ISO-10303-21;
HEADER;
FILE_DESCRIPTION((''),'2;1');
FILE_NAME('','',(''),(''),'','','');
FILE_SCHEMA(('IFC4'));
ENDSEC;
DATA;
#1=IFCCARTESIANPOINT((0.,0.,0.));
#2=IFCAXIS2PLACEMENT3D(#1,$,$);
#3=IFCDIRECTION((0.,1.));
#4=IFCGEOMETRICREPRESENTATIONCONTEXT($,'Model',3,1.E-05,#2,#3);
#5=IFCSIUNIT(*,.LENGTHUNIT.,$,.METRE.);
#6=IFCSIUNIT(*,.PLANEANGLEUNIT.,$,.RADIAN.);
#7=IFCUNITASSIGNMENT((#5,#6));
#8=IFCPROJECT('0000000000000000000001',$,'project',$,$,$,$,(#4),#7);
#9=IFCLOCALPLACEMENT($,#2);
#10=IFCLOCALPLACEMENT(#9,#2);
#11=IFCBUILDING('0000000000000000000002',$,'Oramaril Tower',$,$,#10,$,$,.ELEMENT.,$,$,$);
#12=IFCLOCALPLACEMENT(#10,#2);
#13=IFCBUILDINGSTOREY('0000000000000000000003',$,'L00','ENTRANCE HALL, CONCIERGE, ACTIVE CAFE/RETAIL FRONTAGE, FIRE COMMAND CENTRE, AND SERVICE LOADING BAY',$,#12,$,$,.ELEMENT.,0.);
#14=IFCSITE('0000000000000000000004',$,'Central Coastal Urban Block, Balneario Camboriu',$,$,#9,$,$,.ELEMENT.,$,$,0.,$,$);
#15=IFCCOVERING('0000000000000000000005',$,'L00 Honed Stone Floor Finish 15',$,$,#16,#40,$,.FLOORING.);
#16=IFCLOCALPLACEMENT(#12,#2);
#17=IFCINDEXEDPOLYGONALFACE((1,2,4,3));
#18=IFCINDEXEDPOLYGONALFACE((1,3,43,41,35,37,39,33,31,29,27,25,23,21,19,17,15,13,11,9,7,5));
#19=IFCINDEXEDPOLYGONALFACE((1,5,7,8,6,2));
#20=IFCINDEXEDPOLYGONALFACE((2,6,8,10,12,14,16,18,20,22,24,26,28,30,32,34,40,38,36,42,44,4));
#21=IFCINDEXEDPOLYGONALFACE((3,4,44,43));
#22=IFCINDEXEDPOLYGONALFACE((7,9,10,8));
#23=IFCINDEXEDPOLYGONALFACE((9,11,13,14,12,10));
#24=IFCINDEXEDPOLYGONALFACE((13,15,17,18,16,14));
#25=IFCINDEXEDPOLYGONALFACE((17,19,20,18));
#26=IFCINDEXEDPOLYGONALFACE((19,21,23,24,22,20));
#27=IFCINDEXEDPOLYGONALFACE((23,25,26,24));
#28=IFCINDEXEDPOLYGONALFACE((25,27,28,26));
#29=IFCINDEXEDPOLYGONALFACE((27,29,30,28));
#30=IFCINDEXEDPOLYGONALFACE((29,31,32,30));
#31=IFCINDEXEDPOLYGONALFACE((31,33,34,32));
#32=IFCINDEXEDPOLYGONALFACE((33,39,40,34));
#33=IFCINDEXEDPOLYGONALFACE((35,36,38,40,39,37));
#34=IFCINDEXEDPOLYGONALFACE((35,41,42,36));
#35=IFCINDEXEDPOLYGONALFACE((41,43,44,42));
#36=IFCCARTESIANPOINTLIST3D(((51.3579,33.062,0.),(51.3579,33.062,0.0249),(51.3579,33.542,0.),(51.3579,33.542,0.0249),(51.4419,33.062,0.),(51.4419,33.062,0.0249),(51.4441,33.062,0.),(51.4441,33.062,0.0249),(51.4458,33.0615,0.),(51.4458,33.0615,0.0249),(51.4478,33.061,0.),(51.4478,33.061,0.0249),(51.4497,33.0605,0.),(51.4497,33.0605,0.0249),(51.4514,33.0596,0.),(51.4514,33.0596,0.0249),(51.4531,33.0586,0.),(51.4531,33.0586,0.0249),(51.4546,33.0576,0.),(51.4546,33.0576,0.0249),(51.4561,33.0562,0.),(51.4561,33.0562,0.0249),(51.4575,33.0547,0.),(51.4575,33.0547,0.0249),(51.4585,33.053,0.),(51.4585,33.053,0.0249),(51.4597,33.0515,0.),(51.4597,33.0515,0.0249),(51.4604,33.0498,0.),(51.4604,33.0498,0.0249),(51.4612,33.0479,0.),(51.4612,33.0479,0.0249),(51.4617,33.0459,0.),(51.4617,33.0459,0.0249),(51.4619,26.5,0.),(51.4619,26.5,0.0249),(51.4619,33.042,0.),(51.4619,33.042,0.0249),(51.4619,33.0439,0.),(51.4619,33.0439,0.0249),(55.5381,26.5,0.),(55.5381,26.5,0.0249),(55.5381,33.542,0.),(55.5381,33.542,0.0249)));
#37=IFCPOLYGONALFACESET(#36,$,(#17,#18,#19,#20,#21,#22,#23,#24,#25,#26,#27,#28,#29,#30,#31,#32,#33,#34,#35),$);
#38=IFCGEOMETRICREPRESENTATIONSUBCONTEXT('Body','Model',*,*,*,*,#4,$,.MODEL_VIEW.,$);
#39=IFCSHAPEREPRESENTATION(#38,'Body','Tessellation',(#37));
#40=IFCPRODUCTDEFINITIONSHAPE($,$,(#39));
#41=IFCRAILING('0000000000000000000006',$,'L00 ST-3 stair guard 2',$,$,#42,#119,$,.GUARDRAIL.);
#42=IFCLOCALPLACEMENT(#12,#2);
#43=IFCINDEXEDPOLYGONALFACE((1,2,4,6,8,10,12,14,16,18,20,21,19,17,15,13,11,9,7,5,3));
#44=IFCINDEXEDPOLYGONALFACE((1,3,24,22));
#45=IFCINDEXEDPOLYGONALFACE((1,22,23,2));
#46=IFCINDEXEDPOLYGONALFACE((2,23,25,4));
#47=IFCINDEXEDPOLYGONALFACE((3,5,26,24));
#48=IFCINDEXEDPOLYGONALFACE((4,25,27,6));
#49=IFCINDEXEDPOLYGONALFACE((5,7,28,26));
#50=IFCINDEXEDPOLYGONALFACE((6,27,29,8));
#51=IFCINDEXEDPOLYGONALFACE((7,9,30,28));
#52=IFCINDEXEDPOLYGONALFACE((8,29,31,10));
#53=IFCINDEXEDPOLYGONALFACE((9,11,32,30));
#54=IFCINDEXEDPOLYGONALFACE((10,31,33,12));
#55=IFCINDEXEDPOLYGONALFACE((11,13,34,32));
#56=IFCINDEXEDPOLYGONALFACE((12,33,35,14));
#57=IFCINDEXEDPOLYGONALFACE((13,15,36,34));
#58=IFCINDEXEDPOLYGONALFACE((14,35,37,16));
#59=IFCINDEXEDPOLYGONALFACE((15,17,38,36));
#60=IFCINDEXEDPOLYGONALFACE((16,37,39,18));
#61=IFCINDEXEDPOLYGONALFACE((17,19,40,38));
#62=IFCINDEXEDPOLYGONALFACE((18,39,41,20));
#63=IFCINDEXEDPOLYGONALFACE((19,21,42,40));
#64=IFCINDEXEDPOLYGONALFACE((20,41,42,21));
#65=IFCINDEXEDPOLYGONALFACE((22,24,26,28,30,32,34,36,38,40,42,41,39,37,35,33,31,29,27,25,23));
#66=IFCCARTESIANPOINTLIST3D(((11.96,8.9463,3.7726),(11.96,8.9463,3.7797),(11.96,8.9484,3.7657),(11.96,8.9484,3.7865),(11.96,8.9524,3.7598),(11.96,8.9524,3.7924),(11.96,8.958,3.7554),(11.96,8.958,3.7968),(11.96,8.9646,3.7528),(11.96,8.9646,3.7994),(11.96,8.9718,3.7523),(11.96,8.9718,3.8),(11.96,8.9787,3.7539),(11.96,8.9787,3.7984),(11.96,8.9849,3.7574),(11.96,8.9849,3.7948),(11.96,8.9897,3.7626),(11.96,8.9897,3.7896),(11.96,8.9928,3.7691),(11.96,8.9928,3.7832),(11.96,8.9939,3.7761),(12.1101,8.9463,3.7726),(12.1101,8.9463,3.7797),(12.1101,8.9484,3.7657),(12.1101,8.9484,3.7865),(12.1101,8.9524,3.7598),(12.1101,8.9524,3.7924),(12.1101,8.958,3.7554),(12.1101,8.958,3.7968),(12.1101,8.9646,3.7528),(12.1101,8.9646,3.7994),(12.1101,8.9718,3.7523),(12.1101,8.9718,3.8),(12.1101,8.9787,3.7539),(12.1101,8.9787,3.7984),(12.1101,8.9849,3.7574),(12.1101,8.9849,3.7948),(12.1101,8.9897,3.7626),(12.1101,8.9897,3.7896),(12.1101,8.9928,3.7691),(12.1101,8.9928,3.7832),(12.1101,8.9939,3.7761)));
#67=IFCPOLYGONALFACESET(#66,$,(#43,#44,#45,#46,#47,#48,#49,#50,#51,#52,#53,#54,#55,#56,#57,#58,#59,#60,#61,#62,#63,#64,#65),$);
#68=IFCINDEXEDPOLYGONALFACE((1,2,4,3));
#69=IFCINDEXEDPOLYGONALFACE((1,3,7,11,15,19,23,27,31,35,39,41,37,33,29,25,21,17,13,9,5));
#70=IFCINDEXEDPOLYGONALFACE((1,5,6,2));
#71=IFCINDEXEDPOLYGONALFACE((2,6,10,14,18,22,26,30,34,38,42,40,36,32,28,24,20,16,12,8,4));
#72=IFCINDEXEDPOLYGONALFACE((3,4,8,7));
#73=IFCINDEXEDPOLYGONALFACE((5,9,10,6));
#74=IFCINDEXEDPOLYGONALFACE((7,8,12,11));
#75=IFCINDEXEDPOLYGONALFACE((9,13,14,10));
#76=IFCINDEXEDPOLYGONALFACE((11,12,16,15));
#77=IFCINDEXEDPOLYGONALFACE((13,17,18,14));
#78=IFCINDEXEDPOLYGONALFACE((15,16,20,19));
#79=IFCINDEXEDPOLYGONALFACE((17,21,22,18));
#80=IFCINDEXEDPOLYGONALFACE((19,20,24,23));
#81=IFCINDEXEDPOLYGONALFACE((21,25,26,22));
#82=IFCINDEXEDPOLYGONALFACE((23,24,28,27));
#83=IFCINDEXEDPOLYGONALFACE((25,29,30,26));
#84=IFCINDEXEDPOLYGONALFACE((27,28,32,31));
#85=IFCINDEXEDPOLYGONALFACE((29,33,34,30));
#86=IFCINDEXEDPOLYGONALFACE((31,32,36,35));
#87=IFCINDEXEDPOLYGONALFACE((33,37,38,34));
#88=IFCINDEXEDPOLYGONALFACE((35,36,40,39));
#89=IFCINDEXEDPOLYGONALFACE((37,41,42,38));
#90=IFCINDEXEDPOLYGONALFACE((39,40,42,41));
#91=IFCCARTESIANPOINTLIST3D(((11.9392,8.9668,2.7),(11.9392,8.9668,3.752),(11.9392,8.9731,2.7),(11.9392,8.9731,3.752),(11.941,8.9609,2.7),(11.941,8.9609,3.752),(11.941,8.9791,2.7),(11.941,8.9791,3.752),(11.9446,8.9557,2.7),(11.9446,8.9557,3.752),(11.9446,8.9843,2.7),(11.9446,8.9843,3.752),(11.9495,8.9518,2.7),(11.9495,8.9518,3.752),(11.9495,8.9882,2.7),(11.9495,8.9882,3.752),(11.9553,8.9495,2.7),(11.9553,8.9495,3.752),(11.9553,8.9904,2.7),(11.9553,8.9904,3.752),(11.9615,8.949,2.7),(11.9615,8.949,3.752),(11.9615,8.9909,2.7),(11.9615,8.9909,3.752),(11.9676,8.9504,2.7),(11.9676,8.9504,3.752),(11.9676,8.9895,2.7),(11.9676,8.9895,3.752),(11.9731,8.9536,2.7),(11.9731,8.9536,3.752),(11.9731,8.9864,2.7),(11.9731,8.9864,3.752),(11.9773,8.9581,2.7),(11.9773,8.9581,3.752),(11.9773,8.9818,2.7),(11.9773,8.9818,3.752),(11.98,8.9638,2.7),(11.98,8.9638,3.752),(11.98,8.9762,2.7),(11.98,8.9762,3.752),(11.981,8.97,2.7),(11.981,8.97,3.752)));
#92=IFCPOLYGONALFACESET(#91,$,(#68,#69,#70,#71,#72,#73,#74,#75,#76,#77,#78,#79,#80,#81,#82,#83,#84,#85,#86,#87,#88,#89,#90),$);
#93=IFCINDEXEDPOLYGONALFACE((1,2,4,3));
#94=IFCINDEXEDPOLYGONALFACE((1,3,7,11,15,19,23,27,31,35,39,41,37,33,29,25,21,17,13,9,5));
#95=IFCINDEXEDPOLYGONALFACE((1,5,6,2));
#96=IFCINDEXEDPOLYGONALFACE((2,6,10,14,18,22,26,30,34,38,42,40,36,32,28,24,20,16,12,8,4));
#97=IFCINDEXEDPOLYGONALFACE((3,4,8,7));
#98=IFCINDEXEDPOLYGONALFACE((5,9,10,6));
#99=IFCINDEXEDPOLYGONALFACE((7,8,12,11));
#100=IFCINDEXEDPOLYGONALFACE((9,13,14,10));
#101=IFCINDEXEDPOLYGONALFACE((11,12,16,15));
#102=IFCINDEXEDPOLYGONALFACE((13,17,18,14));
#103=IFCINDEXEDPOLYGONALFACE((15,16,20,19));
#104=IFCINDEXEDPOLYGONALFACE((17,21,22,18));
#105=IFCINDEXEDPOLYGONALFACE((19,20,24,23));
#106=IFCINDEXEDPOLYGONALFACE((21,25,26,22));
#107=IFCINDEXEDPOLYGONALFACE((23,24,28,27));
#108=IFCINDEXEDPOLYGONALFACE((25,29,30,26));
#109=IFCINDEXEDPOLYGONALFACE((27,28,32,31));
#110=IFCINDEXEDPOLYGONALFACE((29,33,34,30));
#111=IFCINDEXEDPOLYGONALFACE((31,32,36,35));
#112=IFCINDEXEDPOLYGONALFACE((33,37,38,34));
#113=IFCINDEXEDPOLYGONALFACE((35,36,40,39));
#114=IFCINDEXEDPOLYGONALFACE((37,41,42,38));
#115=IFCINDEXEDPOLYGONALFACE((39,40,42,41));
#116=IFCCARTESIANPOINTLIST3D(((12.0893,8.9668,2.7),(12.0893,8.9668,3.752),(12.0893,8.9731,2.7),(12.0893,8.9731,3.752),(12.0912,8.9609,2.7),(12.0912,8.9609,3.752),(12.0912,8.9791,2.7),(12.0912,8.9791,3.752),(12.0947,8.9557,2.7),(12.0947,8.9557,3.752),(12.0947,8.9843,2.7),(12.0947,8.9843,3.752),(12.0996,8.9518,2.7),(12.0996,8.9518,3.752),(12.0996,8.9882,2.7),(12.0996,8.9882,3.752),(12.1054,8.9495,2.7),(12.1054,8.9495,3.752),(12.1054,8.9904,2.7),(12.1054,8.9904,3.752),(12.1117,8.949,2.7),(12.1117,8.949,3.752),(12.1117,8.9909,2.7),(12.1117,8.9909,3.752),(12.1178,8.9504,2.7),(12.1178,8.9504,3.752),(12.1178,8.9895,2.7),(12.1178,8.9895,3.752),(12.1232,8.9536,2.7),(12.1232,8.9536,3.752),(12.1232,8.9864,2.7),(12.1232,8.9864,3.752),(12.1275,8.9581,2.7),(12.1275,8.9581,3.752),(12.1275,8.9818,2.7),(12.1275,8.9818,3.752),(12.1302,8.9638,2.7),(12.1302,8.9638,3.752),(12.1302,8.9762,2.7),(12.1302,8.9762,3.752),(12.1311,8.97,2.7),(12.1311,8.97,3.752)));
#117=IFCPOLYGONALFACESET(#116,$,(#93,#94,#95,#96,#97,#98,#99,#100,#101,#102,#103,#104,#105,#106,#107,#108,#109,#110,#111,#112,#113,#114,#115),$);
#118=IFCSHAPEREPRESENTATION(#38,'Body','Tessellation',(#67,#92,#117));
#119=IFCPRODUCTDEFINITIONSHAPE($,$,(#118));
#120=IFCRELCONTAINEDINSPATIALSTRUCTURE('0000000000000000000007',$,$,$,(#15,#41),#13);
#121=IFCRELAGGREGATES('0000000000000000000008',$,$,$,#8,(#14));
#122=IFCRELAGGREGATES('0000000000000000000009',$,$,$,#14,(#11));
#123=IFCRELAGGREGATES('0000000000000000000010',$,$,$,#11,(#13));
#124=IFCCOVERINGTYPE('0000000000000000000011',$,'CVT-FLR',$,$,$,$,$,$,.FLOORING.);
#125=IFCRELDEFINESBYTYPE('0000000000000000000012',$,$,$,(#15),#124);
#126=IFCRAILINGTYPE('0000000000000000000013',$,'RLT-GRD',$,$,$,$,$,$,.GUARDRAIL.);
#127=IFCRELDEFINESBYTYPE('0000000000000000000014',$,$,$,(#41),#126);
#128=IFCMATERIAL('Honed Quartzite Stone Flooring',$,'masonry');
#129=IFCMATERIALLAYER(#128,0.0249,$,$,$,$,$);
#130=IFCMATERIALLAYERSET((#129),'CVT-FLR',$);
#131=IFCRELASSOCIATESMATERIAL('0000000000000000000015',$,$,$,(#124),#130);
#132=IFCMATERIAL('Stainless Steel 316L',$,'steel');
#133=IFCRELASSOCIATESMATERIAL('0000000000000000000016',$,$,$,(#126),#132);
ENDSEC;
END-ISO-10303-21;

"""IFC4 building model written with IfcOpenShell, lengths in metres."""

from ifc_helpers import new_model, si_unit, direction, frame, origin, origin_2d, place, context, subcontext, project, spatial, polyline, circle, outline, extrude, material, layer, layer_set, type_object, element, save


model = new_model("IFC4")

# Units and contexts
model_context = context("Model", 3, precision=1e-05, world=origin(), true_north=direction((0.0, 1.0)))
body_context = subcontext(model_context, "Body", "Model", "MODEL_VIEW")
ifc_project = project(units=[si_unit("LENGTHUNIT", "METRE"), si_unit("PLANEANGLEUNIT", "RADIAN")], contexts=[model_context])

# Site, building, storey
site_placement = place(None, origin())
site = spatial("IfcSite", under=ifc_project, at=site_placement, Name="Central Coastal Urban Block, Balneario Camboriu", CompositionType="ELEMENT", RefElevation=0.0)
building_placement = place(site_placement, origin())
building = spatial("IfcBuilding", under=site, at=building_placement, Name="Oramaril Tower", CompositionType="ELEMENT")
storey_placement = place(building_placement, origin())
storey = spatial("IfcBuildingStorey", under=building, at=storey_placement, Name="L00", Description="ENTRANCE HALL, CONCIERGE, ACTIVE CAFE/RETAIL FRONTAGE, FIRE COMMAND CENTRE, AND SERVICE LOADING BAY", CompositionType="ELEMENT", Elevation=0.0)

# Covering
ifc_material_1 = material(Name="Honed Quartzite Stone Flooring", Category="masonry")
ifc_layer_1 = layer(ifc_material_1, 0.0249)
ifc_layer_set_1 = layer_set([ifc_layer_1], Name="CVT-FLR")
covering_type_1 = type_object("IfcCoveringType", Name="CVT-FLR", PredefinedType="FLOORING", material=ifc_layer_set_1)
covering_1_placement = place(storey_placement, origin())
element("IfcCovering", 1, at=covering_1_placement, inside=storey, type_object=covering_type_1, Name="L00 Honed Stone Floor Finish 15", PredefinedType="FLOORING", context=body_context, shape_type="SweptSolid", body=[
    extrude(outline(polyline([(51.3579, 33.542), (55.5381, 33.542), (55.5381, 26.5), (51.4619, 26.5), (51.4619, 33.042), (51.4619, 33.0439), (51.4617, 33.0459), (51.4612, 33.0479), (51.4604, 33.0498), (51.4597, 33.0515), (51.4585, 33.053), (51.4575, 33.0547), (51.4561, 33.0562), (51.4546, 33.0576), (51.4531, 33.0586), (51.4514, 33.0596), (51.4497, 33.0605), (51.4478, 33.061), (51.4458, 33.0615), (51.4441, 33.062), (51.4419, 33.062), (51.3579, 33.062), (51.3579, 33.542)])), origin(), (0.0, 0.0, 1.0), 0.0249),
])

# Railing
ifc_material_2 = material(Name="Stainless Steel 316L", Category="steel")
railing_type_1 = type_object("IfcRailingType", Name="RLT-GRD", PredefinedType="GUARDRAIL", material=ifc_material_2)
railing_1_placement = place(storey_placement, frame((11.96, 8.97, 2.7)))
element("IfcRailing", 2, at=railing_1_placement, inside=storey, type_object=railing_type_1, Name="L00 ST-3 stair guard 2", PredefinedType="GUARDRAIL", context=body_context, shape_type="SweptSolid", body=[
    extrude(circle(Radius=0.0239, at=origin_2d()), frame((0.0, 0.0, 1.0762), z_axis=(1.0, 0.0, 0.0), x_axis=(0.0, 1.0, 0.0)), (0.0, 0.0, 1.0), 0.1501),
    extrude(circle(Radius=0.021, at=origin_2d()), origin(), (0.0, 0.0, 1.0), 1.052),
    extrude(circle(Radius=0.021, at=origin_2d()), frame((0.1501, 0.0, 0.0)), (0.0, 0.0, 1.0), 1.052),
])

save(model, "model.ifc")
